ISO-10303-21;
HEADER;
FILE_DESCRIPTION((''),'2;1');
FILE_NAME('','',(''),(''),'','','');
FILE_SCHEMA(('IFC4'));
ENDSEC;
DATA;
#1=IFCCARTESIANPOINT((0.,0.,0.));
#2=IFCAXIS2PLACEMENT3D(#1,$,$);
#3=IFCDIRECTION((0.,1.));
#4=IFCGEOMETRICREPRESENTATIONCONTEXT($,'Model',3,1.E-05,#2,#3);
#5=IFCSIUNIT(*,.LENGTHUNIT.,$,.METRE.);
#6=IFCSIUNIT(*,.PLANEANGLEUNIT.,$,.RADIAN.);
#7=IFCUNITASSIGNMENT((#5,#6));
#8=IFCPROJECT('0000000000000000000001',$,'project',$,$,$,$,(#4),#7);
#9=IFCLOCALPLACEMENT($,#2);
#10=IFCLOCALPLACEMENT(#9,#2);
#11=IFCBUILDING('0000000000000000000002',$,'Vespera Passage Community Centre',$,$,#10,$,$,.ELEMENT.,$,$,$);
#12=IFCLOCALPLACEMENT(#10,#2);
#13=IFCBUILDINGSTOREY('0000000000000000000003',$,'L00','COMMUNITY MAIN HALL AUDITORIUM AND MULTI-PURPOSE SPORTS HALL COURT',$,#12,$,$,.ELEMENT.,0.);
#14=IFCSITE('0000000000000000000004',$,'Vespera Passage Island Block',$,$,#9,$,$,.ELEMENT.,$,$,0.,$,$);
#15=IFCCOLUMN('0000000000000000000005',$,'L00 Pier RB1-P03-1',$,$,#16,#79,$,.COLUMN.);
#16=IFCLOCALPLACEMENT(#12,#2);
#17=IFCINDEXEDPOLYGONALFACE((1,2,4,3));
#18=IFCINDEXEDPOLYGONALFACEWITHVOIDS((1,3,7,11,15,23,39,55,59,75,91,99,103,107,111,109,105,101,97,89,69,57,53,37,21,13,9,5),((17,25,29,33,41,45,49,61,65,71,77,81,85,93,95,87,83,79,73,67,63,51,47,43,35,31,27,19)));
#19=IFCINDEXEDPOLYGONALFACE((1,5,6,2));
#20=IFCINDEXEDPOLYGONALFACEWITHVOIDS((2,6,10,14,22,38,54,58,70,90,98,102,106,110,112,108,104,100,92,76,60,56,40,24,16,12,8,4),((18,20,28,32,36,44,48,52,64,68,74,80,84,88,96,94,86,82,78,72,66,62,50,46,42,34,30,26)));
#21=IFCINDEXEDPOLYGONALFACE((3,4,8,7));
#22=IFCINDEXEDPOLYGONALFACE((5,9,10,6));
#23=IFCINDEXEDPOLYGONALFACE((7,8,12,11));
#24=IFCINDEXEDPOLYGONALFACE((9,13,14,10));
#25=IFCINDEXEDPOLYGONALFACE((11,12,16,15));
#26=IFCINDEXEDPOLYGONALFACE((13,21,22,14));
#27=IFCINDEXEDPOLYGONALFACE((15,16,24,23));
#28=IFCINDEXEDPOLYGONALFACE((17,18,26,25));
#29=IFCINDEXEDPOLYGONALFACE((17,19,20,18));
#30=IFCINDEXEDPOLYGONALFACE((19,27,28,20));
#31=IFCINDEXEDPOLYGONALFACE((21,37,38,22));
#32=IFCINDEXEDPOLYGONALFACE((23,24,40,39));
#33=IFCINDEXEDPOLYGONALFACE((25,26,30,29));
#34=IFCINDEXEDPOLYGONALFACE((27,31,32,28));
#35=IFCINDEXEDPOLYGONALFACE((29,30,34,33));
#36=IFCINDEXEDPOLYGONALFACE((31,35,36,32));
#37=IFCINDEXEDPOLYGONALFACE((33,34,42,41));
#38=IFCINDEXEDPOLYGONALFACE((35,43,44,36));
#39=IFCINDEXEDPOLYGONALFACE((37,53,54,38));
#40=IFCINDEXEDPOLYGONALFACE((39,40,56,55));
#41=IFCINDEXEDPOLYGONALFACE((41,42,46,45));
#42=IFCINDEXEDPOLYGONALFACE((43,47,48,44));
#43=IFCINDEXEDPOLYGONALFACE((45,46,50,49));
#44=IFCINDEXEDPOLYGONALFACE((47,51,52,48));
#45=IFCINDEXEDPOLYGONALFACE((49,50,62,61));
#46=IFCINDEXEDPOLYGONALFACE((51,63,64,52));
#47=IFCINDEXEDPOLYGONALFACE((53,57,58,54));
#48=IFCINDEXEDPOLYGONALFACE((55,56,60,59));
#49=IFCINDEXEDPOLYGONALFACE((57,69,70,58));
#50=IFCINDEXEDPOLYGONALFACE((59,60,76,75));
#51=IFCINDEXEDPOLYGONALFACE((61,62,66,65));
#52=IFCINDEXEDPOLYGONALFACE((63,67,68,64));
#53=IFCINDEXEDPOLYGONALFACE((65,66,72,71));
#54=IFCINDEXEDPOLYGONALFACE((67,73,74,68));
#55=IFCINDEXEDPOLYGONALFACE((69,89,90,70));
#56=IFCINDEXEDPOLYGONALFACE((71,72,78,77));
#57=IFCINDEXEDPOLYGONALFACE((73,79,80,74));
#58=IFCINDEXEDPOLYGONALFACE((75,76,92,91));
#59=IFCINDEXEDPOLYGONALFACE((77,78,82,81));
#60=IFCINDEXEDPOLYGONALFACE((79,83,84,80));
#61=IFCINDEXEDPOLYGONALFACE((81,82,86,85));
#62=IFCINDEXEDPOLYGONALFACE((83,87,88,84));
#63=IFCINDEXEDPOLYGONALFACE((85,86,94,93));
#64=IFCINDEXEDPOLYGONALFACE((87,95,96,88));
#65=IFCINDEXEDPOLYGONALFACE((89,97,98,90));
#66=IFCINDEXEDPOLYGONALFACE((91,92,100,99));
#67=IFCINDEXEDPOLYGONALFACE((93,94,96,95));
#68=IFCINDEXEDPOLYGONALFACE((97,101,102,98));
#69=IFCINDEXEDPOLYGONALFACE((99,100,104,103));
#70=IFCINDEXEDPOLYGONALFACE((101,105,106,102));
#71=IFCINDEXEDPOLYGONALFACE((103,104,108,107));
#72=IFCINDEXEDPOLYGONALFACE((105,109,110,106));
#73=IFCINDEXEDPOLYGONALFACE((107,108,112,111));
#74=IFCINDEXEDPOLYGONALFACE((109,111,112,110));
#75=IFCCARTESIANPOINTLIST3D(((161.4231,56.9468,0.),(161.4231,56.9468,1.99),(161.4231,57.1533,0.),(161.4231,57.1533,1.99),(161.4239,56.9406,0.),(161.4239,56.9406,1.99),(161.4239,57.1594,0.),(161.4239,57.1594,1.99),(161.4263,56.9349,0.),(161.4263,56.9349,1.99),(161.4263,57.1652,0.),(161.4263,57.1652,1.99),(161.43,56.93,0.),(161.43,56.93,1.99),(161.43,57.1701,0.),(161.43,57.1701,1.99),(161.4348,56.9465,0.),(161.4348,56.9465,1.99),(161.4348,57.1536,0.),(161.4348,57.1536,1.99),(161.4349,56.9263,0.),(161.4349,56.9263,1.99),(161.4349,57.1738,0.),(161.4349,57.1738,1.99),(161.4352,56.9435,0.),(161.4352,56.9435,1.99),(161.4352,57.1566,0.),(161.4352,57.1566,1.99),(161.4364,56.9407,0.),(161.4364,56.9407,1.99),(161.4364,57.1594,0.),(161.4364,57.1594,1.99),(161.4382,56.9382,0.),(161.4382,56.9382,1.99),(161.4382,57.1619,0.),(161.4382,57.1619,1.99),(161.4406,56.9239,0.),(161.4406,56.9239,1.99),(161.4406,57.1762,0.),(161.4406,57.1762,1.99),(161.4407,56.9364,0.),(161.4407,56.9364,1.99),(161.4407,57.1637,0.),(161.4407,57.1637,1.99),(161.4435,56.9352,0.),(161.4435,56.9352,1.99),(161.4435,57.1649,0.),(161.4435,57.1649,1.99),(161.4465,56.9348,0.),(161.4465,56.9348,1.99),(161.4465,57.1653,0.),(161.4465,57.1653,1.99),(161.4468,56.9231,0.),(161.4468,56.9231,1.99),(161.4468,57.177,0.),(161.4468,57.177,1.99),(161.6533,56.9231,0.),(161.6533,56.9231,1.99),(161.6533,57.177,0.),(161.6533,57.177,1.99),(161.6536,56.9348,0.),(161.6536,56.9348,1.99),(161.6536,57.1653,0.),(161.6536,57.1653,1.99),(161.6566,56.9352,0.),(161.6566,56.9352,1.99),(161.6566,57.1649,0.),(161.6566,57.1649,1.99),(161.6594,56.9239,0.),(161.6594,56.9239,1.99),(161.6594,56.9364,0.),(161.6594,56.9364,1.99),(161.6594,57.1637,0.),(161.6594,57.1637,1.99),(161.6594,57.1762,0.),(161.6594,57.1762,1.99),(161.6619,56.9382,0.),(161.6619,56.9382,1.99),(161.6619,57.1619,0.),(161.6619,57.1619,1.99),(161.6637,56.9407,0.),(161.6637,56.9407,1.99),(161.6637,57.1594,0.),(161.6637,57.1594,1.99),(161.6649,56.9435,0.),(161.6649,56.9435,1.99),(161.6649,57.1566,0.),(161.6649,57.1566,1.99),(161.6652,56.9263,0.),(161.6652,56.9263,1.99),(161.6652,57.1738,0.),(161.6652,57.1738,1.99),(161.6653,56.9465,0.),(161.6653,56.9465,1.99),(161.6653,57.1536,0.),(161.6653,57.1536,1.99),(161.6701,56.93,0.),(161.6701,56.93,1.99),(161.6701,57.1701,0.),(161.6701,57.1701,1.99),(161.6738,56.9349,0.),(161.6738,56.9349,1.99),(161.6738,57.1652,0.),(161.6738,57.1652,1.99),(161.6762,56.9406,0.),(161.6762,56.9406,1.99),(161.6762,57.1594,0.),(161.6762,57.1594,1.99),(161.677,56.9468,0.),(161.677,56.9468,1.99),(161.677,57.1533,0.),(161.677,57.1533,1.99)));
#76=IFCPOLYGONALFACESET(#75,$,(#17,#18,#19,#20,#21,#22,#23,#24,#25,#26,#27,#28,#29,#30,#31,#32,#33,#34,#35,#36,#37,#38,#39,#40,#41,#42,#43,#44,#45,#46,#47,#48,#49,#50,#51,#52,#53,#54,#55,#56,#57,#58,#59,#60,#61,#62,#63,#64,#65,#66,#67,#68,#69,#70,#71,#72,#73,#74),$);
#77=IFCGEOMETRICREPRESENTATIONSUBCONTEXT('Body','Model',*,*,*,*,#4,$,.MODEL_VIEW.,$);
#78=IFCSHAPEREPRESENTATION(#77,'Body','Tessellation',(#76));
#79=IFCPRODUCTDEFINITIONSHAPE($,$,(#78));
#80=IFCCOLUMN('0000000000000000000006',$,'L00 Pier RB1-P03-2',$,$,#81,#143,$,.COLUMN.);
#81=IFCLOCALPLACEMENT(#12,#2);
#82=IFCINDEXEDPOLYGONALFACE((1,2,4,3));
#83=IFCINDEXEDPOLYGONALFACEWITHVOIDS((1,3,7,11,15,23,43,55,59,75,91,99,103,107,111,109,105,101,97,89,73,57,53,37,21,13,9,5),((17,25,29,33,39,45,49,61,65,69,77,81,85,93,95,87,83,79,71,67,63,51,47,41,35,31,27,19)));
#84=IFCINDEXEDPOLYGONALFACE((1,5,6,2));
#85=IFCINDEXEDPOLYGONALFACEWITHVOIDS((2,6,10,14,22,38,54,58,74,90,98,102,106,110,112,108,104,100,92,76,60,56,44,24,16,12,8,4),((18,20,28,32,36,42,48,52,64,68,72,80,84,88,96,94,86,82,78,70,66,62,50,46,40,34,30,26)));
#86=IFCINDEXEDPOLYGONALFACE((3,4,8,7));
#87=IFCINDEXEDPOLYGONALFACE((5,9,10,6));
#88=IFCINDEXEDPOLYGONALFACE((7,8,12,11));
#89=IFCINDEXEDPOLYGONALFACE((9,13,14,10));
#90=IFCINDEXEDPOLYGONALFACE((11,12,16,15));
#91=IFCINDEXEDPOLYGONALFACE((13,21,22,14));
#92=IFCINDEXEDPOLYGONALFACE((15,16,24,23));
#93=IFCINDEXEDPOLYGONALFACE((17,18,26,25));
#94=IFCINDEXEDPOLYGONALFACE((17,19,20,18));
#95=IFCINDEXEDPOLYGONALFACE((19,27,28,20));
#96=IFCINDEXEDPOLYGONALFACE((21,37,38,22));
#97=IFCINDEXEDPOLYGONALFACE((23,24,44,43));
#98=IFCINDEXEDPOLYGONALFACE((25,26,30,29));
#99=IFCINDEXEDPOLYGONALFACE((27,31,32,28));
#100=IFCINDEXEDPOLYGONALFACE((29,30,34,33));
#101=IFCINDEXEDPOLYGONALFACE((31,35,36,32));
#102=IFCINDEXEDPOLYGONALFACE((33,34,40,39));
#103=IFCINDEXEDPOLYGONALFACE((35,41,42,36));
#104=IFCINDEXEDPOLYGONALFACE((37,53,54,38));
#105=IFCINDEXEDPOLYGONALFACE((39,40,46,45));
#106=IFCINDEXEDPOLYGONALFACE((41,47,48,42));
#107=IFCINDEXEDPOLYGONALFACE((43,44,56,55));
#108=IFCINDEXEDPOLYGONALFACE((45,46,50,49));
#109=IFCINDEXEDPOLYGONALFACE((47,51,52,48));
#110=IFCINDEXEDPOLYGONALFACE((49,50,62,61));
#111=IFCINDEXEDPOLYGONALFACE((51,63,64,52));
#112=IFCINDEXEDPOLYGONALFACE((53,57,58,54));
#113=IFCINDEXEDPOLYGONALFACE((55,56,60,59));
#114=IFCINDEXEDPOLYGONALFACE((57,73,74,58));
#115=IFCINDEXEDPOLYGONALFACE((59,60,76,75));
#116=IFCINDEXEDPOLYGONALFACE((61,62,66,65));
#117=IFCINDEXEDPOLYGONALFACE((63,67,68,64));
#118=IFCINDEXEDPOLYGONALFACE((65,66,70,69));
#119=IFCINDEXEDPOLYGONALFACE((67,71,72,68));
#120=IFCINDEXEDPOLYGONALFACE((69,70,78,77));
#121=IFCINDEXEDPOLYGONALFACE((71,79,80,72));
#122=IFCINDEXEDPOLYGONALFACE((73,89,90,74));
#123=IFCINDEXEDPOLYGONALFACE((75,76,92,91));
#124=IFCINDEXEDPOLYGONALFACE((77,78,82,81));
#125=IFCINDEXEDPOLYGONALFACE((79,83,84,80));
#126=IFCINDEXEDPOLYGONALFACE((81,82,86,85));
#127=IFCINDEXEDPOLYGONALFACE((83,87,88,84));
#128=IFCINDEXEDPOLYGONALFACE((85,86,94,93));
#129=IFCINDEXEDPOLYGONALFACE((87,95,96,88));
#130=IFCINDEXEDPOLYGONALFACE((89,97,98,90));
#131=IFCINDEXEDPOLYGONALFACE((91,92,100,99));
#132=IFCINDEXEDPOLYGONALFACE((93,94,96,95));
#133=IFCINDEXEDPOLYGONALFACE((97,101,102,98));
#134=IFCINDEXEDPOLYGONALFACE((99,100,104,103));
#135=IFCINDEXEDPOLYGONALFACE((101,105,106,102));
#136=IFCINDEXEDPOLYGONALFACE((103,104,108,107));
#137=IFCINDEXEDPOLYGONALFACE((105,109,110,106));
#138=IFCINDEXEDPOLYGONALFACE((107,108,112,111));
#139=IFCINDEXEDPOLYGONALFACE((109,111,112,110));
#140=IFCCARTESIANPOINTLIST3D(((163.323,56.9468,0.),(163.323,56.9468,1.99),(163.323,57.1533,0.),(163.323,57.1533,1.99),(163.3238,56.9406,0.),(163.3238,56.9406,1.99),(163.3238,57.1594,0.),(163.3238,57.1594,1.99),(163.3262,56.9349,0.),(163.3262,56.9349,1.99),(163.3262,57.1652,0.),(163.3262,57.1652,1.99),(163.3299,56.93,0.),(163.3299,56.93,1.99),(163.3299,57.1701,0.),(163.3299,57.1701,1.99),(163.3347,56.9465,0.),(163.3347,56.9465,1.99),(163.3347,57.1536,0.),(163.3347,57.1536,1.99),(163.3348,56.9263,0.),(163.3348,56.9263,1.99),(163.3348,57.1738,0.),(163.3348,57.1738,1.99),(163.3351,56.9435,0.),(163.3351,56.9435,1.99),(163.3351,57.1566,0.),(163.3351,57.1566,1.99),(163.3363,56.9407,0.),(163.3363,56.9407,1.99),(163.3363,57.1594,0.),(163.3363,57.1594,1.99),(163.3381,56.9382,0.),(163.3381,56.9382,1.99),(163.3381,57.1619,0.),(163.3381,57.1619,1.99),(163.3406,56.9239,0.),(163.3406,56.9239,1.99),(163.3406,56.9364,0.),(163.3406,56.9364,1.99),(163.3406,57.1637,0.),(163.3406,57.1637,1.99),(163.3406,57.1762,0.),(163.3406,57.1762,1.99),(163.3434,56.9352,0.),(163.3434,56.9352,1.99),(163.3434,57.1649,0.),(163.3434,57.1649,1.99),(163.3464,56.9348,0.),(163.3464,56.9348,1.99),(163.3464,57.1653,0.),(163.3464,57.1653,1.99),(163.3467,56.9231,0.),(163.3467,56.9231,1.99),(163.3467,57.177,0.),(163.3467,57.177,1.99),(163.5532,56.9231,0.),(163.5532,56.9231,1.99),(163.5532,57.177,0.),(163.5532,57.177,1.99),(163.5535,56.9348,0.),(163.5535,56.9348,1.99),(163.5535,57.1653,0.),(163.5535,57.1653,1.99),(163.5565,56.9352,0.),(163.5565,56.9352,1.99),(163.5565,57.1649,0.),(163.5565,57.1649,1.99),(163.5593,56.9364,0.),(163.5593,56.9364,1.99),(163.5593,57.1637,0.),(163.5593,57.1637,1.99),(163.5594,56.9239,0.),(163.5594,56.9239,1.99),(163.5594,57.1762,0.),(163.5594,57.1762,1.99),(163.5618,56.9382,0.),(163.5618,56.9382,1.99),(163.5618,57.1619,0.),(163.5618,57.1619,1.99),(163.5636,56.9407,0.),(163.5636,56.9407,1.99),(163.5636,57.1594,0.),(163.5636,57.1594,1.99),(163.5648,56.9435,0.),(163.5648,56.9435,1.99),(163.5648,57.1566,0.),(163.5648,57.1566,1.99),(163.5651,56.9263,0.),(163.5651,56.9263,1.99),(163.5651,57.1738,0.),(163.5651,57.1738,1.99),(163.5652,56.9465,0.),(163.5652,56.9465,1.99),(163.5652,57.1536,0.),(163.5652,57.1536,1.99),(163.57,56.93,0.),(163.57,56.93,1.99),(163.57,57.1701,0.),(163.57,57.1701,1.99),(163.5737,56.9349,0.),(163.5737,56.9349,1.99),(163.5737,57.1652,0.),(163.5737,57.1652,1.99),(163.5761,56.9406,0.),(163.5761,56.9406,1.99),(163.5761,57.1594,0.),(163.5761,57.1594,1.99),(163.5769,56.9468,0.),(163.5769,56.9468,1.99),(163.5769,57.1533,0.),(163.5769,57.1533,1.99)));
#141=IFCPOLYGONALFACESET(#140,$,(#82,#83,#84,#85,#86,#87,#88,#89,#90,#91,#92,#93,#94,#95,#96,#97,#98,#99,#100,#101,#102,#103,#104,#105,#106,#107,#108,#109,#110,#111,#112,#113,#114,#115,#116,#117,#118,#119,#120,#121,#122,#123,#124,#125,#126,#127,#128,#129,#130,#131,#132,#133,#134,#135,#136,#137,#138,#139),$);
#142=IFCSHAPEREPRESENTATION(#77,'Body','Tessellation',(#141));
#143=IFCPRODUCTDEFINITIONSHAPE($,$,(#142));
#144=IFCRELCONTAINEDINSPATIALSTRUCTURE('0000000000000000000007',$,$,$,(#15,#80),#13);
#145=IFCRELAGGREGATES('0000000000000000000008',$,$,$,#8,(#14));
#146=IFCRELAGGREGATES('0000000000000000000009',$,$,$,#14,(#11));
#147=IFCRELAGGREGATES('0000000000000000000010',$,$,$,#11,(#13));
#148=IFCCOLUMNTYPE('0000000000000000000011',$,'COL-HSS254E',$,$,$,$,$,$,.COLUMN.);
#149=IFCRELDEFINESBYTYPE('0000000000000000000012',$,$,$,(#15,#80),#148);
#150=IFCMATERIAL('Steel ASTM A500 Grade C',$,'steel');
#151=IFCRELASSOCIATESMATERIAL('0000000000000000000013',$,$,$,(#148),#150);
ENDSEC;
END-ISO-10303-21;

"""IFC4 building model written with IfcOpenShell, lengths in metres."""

from ifc_helpers import new_model, si_unit, direction, frame, origin, origin_2d, place, context, subcontext, project, spatial, hollow_rectangle, extrude, material, material_profile, profile_set, type_object, element, save


model = new_model("IFC4")

# Units and contexts
model_context = context("Model", 3, precision=1e-05, world=origin(), true_north=direction((0.0, 1.0)))
body_context = subcontext(model_context, "Body", "Model", "MODEL_VIEW")
ifc_project = project(units=[si_unit("LENGTHUNIT", "METRE"), si_unit("PLANEANGLEUNIT", "RADIAN")], contexts=[model_context])

# Site, building, storey
site_placement = place(None, origin())
site = spatial("IfcSite", under=ifc_project, at=site_placement, Name="Vespera Passage Island Block", CompositionType="ELEMENT", RefElevation=0.0)
building_placement = place(site_placement, origin())
building = spatial("IfcBuilding", under=site, at=building_placement, Name="Vespera Passage Community Centre", CompositionType="ELEMENT")
storey_placement = place(building_placement, origin())
storey = spatial("IfcBuildingStorey", under=building, at=storey_placement, Name="L00", Description="COMMUNITY MAIN HALL AUDITORIUM AND MULTI-PURPOSE SPORTS HALL COURT", CompositionType="ELEMENT", Elevation=0.0)

# Columns
ifc_material_1 = material(Name="Steel ASTM A500 Grade C", Category="steel")
ifc_material_profile_1 = material_profile(ifc_material_1, hollow_rectangle(XDim=0.2539, YDim=0.2539, WallThickness=0.0117, InnerFilletRadius=0.0117, OuterFilletRadius=0.0237, at=origin_2d()), Name="HSS254X254X12.7")
ifc_profile_set_1 = profile_set([ifc_material_profile_1], Name="Steel ASTM A500 Grade C")
column_type = type_object("IfcColumnType", Name="COL-HSS254E", PredefinedType="COLUMN", material=ifc_profile_set_1)
for number, where, z_axis, x_axis, name in (
    (1, (161.55, 57.05, 0.0), (0.0, 0.0, 1.0), (1.0, 0.0, 0.0), "L00 Pier RB1-P03-1"),
    (2, (163.45, 57.05, 0.0), (0.0, 0.0, 1.0), (1.0, 0.0, 0.0), "L00 Pier RB1-P03-2"),
):
    element("IfcColumn", number, at=place(storey_placement, frame(where, z_axis=z_axis, x_axis=x_axis)), inside=storey, type_object=column_type, Name=name, PredefinedType="COLUMN", context=body_context, shape_type="SweptSolid", body=[
        extrude(hollow_rectangle(XDim=0.2539, YDim=0.2539, WallThickness=0.0117, InnerFilletRadius=0.0117, OuterFilletRadius=0.0237, at=origin_2d()), origin(), (0.0, 0.0, 1.0), 1.99),
    ])

save(model, "model.ifc")
